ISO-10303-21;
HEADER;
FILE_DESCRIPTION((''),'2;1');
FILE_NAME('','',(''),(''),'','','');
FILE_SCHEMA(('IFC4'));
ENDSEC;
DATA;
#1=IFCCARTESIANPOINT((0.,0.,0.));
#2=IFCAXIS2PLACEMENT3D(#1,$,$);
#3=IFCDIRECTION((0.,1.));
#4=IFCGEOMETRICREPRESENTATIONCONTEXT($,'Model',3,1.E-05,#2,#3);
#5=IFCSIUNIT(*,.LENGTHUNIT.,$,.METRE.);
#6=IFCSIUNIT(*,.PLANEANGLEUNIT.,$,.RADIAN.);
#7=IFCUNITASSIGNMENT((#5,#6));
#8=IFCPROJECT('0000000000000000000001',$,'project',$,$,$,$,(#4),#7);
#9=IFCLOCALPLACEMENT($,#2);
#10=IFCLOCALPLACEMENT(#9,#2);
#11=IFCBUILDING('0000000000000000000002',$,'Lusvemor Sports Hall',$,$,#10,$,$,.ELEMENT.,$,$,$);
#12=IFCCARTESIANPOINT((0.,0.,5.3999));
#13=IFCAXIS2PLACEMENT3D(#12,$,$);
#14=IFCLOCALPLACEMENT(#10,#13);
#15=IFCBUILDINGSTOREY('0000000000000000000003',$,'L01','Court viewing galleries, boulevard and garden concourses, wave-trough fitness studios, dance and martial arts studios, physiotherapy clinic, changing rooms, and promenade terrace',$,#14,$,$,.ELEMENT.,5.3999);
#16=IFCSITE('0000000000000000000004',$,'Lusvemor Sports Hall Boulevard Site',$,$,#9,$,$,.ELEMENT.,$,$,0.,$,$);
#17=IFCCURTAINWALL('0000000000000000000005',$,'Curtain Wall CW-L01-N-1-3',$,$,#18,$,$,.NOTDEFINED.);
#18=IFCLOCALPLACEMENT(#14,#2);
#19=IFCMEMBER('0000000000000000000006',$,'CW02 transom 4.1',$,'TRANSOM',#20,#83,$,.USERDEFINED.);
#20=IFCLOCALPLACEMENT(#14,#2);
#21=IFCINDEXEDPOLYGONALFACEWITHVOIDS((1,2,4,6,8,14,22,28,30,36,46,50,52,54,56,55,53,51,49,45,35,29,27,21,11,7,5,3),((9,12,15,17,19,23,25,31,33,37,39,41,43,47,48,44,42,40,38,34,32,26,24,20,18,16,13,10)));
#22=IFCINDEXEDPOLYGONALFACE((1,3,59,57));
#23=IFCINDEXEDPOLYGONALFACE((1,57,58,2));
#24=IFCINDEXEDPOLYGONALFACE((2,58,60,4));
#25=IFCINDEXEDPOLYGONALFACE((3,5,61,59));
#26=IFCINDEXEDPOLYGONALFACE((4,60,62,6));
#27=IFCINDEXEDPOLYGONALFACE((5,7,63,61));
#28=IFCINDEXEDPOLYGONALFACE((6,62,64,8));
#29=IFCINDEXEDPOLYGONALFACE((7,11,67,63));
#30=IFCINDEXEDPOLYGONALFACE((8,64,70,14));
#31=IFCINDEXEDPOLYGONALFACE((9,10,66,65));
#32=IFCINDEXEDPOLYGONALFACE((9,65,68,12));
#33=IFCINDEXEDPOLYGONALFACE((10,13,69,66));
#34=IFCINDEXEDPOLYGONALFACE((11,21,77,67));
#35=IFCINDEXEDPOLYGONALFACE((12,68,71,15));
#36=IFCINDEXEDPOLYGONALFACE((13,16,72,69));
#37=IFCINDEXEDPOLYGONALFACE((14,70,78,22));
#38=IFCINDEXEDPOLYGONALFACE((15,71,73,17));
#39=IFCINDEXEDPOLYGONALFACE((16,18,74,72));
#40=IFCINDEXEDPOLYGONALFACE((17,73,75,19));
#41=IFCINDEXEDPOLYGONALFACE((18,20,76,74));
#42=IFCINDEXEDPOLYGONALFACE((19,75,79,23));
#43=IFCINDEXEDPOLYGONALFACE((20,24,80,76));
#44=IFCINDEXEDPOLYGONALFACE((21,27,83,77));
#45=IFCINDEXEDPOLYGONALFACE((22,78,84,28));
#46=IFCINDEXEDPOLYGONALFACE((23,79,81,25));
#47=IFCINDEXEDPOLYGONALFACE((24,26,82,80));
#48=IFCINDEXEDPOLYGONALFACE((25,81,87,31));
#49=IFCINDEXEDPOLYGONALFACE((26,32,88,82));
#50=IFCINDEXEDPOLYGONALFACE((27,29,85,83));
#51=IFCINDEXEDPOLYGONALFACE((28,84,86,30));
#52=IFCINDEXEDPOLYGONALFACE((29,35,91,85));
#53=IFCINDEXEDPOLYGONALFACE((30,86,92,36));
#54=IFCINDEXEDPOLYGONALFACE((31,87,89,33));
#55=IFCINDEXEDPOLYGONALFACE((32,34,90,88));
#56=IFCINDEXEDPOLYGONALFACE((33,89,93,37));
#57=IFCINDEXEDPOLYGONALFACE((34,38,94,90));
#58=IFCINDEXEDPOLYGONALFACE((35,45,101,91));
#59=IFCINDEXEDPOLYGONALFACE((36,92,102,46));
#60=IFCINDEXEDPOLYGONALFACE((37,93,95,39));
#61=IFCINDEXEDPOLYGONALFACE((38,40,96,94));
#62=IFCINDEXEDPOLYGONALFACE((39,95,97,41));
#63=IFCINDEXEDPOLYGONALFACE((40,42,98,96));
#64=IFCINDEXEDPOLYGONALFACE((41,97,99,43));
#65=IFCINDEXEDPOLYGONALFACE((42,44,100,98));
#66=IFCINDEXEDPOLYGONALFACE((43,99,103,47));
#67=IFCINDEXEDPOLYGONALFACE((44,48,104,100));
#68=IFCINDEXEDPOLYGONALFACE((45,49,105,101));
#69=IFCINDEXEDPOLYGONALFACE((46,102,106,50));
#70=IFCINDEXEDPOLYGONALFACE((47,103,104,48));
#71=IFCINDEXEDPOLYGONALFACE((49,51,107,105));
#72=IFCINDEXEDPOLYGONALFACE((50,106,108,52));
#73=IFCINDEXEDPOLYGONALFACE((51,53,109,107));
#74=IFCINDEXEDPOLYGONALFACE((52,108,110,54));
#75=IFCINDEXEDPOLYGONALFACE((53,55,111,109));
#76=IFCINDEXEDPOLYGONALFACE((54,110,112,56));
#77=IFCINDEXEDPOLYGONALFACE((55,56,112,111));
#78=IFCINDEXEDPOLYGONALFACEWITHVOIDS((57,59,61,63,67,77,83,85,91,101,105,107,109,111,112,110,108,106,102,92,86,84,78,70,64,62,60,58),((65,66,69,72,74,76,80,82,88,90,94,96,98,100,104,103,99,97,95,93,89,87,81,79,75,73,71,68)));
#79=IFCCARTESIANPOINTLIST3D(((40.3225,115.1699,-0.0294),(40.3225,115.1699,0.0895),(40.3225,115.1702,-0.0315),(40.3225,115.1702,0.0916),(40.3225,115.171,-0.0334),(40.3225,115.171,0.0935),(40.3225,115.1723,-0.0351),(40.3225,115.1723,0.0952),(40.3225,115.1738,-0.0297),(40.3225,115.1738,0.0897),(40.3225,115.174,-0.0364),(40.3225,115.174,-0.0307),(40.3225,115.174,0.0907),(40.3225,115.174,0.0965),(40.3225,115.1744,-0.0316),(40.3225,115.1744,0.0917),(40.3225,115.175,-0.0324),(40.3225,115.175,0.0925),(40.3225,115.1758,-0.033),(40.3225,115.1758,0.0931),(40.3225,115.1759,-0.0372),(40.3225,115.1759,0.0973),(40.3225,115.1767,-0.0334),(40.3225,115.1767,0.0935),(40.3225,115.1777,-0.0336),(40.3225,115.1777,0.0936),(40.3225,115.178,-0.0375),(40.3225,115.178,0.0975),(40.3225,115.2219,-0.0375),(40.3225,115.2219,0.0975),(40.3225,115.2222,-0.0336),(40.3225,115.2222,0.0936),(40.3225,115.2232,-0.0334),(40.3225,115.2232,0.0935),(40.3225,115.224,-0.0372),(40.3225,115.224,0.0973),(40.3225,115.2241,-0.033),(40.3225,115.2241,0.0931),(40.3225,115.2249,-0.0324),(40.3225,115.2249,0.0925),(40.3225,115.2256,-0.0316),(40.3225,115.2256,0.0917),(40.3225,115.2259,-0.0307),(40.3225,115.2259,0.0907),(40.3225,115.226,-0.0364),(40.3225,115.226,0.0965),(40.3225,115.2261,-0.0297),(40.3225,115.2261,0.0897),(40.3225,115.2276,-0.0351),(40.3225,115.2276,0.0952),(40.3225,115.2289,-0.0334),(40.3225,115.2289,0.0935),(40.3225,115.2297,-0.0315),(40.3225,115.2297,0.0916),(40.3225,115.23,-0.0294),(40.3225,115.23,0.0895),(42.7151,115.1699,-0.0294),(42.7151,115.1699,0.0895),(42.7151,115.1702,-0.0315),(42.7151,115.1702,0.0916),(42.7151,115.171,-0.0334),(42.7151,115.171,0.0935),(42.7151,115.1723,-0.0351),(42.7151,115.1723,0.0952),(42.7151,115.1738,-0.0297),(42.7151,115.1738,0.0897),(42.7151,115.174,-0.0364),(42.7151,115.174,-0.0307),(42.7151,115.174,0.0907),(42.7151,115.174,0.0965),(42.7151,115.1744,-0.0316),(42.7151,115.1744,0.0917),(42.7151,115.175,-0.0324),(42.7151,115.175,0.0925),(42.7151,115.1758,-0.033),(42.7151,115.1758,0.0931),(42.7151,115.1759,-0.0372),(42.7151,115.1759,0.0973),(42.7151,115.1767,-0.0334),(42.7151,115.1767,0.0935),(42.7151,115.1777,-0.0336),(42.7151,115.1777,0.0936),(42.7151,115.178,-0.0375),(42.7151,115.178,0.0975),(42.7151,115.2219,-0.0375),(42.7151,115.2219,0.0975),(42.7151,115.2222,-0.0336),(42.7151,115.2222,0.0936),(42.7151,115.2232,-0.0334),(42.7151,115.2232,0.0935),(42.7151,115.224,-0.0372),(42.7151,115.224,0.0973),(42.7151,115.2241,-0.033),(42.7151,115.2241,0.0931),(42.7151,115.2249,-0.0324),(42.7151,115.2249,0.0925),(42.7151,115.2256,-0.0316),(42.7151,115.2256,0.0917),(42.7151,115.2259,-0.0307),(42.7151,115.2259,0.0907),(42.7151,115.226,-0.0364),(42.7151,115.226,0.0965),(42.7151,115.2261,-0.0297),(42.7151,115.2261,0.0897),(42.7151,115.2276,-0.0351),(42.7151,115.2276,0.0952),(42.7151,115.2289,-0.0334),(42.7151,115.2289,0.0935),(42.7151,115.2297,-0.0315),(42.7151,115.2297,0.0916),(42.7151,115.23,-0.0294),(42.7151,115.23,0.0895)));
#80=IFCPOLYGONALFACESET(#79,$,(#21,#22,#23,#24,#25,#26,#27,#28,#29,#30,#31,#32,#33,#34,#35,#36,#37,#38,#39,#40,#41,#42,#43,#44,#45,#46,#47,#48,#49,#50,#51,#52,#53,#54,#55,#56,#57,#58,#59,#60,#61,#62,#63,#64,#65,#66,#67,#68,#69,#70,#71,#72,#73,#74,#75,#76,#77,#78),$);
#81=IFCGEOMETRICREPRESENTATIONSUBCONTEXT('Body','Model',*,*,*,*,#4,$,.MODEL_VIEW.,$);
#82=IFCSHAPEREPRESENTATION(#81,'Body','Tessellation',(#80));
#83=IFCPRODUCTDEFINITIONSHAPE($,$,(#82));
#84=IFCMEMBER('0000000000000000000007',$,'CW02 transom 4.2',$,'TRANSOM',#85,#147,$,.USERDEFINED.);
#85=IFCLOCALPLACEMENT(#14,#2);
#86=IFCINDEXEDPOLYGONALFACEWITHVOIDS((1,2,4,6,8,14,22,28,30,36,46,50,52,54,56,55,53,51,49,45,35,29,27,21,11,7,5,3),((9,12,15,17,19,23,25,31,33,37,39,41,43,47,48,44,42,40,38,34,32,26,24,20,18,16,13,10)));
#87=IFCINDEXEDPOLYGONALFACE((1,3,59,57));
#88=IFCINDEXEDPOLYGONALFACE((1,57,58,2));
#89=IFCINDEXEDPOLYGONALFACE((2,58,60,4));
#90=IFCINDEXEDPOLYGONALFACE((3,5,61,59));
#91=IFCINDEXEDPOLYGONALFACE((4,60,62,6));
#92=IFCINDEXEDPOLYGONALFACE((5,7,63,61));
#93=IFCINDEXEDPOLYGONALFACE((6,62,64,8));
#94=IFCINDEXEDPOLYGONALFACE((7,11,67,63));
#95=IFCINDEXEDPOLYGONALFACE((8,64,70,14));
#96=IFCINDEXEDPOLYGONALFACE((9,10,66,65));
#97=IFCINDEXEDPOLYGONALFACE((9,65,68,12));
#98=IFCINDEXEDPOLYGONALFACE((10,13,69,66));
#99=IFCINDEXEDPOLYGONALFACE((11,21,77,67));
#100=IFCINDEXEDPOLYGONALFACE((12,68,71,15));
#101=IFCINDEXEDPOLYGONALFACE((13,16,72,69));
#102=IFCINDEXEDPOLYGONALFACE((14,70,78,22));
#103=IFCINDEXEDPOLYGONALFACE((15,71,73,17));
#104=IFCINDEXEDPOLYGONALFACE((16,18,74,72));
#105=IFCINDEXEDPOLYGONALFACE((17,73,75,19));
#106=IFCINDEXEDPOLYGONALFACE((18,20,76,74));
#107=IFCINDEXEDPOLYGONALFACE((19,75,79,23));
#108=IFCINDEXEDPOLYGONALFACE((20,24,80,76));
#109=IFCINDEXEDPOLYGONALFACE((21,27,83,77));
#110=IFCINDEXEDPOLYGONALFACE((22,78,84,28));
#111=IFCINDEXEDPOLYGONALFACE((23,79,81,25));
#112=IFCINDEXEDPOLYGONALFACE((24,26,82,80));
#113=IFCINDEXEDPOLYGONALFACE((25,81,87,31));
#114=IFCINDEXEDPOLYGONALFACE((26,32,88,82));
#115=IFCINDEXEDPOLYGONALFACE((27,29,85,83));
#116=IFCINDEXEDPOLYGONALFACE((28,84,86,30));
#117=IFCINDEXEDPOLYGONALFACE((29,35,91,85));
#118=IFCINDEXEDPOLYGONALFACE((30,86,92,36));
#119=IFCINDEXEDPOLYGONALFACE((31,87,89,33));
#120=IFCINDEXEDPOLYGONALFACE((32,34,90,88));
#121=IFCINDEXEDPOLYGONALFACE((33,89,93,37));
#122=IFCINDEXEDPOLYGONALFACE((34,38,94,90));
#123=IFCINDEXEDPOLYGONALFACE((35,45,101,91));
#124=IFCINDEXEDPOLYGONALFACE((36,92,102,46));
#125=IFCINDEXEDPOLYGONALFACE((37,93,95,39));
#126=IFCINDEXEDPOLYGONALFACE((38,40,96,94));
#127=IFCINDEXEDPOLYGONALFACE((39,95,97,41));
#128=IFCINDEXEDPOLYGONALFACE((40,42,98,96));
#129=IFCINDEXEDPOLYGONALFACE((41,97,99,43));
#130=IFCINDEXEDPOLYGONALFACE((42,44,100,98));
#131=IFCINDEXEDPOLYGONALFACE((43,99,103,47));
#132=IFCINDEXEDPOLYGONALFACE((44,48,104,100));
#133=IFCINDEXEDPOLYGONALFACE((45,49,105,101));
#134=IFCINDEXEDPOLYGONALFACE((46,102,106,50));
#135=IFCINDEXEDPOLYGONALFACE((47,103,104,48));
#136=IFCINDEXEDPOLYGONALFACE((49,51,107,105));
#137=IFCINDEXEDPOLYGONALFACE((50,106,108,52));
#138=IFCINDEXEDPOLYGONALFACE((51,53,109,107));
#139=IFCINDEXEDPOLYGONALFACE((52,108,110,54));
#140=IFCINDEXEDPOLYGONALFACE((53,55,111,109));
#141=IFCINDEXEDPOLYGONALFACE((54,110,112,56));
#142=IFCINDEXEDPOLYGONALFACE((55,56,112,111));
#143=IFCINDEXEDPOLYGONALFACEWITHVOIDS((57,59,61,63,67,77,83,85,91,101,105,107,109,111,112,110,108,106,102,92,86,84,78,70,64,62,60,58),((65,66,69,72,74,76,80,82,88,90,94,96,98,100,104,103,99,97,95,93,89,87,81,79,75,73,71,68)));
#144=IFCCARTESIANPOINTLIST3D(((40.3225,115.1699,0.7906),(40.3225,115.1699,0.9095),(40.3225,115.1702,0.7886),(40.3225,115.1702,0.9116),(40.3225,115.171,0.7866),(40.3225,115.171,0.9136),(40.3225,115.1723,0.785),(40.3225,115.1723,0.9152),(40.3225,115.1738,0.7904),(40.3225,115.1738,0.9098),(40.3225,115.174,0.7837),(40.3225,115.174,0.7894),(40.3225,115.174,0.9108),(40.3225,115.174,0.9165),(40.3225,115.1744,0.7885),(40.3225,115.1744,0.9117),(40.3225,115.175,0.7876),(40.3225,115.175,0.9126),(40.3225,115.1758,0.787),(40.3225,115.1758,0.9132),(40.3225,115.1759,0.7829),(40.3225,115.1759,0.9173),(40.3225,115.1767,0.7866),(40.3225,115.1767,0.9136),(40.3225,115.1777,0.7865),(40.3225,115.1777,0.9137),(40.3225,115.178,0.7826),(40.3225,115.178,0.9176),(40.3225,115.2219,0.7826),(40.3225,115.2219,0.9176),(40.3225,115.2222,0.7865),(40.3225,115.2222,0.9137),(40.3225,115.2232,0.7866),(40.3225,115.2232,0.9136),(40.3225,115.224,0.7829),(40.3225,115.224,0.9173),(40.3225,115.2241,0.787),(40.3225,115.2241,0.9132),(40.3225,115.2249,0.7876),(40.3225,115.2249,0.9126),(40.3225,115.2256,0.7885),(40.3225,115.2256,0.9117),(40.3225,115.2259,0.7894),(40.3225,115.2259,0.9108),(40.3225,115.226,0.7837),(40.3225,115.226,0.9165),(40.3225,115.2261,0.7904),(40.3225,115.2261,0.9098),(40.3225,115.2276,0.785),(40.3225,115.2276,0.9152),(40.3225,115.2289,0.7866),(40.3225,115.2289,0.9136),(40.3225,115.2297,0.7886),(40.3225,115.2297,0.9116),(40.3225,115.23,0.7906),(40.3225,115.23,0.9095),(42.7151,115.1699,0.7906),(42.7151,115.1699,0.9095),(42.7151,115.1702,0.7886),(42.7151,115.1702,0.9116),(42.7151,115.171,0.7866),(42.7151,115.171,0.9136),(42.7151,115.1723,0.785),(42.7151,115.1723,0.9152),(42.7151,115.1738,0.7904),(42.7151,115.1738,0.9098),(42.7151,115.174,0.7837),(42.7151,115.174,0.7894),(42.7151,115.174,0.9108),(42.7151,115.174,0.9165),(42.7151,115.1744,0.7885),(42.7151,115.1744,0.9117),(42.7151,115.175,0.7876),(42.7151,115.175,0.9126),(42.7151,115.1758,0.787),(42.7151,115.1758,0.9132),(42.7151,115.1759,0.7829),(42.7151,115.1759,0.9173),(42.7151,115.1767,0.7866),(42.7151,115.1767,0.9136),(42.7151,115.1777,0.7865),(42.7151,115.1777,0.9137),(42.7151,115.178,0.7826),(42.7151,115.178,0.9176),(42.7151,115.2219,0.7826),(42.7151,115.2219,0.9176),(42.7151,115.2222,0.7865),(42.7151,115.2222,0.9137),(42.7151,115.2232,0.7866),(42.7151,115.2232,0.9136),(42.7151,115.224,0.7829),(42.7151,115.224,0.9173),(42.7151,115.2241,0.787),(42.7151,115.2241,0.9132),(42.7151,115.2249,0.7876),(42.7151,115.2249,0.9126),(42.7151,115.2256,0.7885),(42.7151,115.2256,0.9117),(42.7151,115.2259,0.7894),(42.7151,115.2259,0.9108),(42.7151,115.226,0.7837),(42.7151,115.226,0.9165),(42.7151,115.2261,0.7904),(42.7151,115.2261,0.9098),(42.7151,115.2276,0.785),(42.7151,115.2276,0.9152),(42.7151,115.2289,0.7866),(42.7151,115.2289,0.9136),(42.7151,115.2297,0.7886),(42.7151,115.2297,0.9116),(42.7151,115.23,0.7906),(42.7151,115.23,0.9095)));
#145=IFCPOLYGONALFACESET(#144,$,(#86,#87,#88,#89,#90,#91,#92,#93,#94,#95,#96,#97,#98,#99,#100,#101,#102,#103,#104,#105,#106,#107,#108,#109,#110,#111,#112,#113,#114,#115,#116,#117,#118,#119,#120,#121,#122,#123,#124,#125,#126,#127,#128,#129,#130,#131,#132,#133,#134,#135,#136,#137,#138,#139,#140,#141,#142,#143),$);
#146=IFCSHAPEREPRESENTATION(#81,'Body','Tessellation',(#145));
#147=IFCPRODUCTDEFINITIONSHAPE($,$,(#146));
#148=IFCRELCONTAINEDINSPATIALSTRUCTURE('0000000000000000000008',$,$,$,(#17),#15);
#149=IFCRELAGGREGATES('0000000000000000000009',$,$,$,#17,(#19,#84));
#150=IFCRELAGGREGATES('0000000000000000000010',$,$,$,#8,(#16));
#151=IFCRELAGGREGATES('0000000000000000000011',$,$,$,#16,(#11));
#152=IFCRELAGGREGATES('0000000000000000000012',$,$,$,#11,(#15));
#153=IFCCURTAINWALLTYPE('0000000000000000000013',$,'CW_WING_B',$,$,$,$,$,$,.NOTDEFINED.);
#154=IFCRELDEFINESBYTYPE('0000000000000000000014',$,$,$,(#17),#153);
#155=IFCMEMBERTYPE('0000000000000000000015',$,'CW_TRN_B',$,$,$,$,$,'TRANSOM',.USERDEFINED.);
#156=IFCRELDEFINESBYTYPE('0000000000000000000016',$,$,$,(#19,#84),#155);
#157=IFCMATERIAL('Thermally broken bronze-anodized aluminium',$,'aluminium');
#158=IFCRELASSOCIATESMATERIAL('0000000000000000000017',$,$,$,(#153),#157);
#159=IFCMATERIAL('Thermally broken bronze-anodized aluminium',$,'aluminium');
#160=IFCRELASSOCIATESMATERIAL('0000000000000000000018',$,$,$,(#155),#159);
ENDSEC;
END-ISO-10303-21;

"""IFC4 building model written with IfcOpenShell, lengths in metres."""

from ifc_helpers import new_model, si_unit, direction, frame, origin, origin_2d, place, context, subcontext, project, spatial, hollow_rectangle, extrude, material, material_profile, profile_set, type_object, element, aggregate, save


model = new_model("IFC4")

# Units and contexts
model_context = context("Model", 3, precision=1e-05, world=origin(), true_north=direction((0.0, 1.0)))
body_context = subcontext(model_context, "Body", "Model", "MODEL_VIEW")
ifc_project = project(units=[si_unit("LENGTHUNIT", "METRE"), si_unit("PLANEANGLEUNIT", "RADIAN")], contexts=[model_context])

# Site, building, storey
site_placement = place(None, origin())
site = spatial("IfcSite", under=ifc_project, at=site_placement, Name="Lusvemor Sports Hall Boulevard Site", CompositionType="ELEMENT", RefElevation=0.0)
building_placement = place(site_placement, origin())
building = spatial("IfcBuilding", under=site, at=building_placement, Name="Lusvemor Sports Hall", CompositionType="ELEMENT")
storey_placement = place(building_placement, frame((0.0, 0.0, 5.3999)))
storey = spatial("IfcBuildingStorey", under=building, at=storey_placement, Name="L01", Description="Court viewing galleries, boulevard and garden concourses, wave-trough fitness studios, dance and martial arts studios, physiotherapy clinic, changing rooms, and promenade terrace", CompositionType="ELEMENT", Elevation=5.3999)

# Curtain wall, members
ifc_material_1 = material(Name="Thermally broken bronze-anodized aluminium", Category="aluminium")
curtain_wall_type = type_object("IfcCurtainWallType", Name="CW_WING_B", PredefinedType="NOTDEFINED", material=ifc_material_1)
curtain_wall_placement = place(storey_placement, origin())
curtain_wall = element("IfcCurtainWall", 1, at=curtain_wall_placement, inside=storey, type_object=curtain_wall_type, Name="Curtain Wall CW-L01-N-1-3", PredefinedType="NOTDEFINED")
ifc_material_2 = material(Name="Thermally broken bronze-anodized aluminium", Category="aluminium")
ifc_material_profile_1 = material_profile(ifc_material_2, hollow_rectangle(XDim=0.0601, YDim=0.135, WallThickness=0.0039, InnerFilletRadius=0.0039, OuterFilletRadius=0.0081, at=origin_2d()), Name="CWTRN135x60x4")
ifc_profile_set_1 = profile_set([ifc_material_profile_1], Name="Thermally broken bronze-anodized aluminium")
member_type_1 = type_object("IfcMemberType", Name="CW_TRN_B", ElementType="TRANSOM", PredefinedType="USERDEFINED", material=ifc_profile_set_1)
member_1_placement = place(storey_placement, frame((40.3225, 115.2, 0.03), z_axis=(1.0, 0.0, 0.0), x_axis=(0.0, 1.0, 0.0)))
member_1 = element("IfcMember", 2, at=member_1_placement, type_object=member_type_1, Name="CW02 transom 4.1", ObjectType="TRANSOM", PredefinedType="USERDEFINED", context=body_context, shape_type="SweptSolid", body=[
    extrude(hollow_rectangle(XDim=0.0601, YDim=0.135, WallThickness=0.0039, InnerFilletRadius=0.0039, OuterFilletRadius=0.0081, at=origin_2d()), origin(), (0.0, 0.0, 1.0), 2.3926),
])
member_2_placement = place(storey_placement, frame((40.3225, 115.2, 0.8501), z_axis=(1.0, 0.0, 0.0), x_axis=(0.0, 1.0, 0.0)))
member_2 = element("IfcMember", 3, at=member_2_placement, type_object=member_type_1, Name="CW02 transom 4.2", ObjectType="TRANSOM", PredefinedType="USERDEFINED", context=body_context, shape_type="SweptSolid", body=[
    extrude(hollow_rectangle(XDim=0.0601, YDim=0.135, WallThickness=0.0039, InnerFilletRadius=0.0039, OuterFilletRadius=0.0081, at=origin_2d()), origin(), (0.0, 0.0, 1.0), 2.3926),
])

aggregate(curtain_wall, [member_1, member_2])

save(model, "model.ifc")
